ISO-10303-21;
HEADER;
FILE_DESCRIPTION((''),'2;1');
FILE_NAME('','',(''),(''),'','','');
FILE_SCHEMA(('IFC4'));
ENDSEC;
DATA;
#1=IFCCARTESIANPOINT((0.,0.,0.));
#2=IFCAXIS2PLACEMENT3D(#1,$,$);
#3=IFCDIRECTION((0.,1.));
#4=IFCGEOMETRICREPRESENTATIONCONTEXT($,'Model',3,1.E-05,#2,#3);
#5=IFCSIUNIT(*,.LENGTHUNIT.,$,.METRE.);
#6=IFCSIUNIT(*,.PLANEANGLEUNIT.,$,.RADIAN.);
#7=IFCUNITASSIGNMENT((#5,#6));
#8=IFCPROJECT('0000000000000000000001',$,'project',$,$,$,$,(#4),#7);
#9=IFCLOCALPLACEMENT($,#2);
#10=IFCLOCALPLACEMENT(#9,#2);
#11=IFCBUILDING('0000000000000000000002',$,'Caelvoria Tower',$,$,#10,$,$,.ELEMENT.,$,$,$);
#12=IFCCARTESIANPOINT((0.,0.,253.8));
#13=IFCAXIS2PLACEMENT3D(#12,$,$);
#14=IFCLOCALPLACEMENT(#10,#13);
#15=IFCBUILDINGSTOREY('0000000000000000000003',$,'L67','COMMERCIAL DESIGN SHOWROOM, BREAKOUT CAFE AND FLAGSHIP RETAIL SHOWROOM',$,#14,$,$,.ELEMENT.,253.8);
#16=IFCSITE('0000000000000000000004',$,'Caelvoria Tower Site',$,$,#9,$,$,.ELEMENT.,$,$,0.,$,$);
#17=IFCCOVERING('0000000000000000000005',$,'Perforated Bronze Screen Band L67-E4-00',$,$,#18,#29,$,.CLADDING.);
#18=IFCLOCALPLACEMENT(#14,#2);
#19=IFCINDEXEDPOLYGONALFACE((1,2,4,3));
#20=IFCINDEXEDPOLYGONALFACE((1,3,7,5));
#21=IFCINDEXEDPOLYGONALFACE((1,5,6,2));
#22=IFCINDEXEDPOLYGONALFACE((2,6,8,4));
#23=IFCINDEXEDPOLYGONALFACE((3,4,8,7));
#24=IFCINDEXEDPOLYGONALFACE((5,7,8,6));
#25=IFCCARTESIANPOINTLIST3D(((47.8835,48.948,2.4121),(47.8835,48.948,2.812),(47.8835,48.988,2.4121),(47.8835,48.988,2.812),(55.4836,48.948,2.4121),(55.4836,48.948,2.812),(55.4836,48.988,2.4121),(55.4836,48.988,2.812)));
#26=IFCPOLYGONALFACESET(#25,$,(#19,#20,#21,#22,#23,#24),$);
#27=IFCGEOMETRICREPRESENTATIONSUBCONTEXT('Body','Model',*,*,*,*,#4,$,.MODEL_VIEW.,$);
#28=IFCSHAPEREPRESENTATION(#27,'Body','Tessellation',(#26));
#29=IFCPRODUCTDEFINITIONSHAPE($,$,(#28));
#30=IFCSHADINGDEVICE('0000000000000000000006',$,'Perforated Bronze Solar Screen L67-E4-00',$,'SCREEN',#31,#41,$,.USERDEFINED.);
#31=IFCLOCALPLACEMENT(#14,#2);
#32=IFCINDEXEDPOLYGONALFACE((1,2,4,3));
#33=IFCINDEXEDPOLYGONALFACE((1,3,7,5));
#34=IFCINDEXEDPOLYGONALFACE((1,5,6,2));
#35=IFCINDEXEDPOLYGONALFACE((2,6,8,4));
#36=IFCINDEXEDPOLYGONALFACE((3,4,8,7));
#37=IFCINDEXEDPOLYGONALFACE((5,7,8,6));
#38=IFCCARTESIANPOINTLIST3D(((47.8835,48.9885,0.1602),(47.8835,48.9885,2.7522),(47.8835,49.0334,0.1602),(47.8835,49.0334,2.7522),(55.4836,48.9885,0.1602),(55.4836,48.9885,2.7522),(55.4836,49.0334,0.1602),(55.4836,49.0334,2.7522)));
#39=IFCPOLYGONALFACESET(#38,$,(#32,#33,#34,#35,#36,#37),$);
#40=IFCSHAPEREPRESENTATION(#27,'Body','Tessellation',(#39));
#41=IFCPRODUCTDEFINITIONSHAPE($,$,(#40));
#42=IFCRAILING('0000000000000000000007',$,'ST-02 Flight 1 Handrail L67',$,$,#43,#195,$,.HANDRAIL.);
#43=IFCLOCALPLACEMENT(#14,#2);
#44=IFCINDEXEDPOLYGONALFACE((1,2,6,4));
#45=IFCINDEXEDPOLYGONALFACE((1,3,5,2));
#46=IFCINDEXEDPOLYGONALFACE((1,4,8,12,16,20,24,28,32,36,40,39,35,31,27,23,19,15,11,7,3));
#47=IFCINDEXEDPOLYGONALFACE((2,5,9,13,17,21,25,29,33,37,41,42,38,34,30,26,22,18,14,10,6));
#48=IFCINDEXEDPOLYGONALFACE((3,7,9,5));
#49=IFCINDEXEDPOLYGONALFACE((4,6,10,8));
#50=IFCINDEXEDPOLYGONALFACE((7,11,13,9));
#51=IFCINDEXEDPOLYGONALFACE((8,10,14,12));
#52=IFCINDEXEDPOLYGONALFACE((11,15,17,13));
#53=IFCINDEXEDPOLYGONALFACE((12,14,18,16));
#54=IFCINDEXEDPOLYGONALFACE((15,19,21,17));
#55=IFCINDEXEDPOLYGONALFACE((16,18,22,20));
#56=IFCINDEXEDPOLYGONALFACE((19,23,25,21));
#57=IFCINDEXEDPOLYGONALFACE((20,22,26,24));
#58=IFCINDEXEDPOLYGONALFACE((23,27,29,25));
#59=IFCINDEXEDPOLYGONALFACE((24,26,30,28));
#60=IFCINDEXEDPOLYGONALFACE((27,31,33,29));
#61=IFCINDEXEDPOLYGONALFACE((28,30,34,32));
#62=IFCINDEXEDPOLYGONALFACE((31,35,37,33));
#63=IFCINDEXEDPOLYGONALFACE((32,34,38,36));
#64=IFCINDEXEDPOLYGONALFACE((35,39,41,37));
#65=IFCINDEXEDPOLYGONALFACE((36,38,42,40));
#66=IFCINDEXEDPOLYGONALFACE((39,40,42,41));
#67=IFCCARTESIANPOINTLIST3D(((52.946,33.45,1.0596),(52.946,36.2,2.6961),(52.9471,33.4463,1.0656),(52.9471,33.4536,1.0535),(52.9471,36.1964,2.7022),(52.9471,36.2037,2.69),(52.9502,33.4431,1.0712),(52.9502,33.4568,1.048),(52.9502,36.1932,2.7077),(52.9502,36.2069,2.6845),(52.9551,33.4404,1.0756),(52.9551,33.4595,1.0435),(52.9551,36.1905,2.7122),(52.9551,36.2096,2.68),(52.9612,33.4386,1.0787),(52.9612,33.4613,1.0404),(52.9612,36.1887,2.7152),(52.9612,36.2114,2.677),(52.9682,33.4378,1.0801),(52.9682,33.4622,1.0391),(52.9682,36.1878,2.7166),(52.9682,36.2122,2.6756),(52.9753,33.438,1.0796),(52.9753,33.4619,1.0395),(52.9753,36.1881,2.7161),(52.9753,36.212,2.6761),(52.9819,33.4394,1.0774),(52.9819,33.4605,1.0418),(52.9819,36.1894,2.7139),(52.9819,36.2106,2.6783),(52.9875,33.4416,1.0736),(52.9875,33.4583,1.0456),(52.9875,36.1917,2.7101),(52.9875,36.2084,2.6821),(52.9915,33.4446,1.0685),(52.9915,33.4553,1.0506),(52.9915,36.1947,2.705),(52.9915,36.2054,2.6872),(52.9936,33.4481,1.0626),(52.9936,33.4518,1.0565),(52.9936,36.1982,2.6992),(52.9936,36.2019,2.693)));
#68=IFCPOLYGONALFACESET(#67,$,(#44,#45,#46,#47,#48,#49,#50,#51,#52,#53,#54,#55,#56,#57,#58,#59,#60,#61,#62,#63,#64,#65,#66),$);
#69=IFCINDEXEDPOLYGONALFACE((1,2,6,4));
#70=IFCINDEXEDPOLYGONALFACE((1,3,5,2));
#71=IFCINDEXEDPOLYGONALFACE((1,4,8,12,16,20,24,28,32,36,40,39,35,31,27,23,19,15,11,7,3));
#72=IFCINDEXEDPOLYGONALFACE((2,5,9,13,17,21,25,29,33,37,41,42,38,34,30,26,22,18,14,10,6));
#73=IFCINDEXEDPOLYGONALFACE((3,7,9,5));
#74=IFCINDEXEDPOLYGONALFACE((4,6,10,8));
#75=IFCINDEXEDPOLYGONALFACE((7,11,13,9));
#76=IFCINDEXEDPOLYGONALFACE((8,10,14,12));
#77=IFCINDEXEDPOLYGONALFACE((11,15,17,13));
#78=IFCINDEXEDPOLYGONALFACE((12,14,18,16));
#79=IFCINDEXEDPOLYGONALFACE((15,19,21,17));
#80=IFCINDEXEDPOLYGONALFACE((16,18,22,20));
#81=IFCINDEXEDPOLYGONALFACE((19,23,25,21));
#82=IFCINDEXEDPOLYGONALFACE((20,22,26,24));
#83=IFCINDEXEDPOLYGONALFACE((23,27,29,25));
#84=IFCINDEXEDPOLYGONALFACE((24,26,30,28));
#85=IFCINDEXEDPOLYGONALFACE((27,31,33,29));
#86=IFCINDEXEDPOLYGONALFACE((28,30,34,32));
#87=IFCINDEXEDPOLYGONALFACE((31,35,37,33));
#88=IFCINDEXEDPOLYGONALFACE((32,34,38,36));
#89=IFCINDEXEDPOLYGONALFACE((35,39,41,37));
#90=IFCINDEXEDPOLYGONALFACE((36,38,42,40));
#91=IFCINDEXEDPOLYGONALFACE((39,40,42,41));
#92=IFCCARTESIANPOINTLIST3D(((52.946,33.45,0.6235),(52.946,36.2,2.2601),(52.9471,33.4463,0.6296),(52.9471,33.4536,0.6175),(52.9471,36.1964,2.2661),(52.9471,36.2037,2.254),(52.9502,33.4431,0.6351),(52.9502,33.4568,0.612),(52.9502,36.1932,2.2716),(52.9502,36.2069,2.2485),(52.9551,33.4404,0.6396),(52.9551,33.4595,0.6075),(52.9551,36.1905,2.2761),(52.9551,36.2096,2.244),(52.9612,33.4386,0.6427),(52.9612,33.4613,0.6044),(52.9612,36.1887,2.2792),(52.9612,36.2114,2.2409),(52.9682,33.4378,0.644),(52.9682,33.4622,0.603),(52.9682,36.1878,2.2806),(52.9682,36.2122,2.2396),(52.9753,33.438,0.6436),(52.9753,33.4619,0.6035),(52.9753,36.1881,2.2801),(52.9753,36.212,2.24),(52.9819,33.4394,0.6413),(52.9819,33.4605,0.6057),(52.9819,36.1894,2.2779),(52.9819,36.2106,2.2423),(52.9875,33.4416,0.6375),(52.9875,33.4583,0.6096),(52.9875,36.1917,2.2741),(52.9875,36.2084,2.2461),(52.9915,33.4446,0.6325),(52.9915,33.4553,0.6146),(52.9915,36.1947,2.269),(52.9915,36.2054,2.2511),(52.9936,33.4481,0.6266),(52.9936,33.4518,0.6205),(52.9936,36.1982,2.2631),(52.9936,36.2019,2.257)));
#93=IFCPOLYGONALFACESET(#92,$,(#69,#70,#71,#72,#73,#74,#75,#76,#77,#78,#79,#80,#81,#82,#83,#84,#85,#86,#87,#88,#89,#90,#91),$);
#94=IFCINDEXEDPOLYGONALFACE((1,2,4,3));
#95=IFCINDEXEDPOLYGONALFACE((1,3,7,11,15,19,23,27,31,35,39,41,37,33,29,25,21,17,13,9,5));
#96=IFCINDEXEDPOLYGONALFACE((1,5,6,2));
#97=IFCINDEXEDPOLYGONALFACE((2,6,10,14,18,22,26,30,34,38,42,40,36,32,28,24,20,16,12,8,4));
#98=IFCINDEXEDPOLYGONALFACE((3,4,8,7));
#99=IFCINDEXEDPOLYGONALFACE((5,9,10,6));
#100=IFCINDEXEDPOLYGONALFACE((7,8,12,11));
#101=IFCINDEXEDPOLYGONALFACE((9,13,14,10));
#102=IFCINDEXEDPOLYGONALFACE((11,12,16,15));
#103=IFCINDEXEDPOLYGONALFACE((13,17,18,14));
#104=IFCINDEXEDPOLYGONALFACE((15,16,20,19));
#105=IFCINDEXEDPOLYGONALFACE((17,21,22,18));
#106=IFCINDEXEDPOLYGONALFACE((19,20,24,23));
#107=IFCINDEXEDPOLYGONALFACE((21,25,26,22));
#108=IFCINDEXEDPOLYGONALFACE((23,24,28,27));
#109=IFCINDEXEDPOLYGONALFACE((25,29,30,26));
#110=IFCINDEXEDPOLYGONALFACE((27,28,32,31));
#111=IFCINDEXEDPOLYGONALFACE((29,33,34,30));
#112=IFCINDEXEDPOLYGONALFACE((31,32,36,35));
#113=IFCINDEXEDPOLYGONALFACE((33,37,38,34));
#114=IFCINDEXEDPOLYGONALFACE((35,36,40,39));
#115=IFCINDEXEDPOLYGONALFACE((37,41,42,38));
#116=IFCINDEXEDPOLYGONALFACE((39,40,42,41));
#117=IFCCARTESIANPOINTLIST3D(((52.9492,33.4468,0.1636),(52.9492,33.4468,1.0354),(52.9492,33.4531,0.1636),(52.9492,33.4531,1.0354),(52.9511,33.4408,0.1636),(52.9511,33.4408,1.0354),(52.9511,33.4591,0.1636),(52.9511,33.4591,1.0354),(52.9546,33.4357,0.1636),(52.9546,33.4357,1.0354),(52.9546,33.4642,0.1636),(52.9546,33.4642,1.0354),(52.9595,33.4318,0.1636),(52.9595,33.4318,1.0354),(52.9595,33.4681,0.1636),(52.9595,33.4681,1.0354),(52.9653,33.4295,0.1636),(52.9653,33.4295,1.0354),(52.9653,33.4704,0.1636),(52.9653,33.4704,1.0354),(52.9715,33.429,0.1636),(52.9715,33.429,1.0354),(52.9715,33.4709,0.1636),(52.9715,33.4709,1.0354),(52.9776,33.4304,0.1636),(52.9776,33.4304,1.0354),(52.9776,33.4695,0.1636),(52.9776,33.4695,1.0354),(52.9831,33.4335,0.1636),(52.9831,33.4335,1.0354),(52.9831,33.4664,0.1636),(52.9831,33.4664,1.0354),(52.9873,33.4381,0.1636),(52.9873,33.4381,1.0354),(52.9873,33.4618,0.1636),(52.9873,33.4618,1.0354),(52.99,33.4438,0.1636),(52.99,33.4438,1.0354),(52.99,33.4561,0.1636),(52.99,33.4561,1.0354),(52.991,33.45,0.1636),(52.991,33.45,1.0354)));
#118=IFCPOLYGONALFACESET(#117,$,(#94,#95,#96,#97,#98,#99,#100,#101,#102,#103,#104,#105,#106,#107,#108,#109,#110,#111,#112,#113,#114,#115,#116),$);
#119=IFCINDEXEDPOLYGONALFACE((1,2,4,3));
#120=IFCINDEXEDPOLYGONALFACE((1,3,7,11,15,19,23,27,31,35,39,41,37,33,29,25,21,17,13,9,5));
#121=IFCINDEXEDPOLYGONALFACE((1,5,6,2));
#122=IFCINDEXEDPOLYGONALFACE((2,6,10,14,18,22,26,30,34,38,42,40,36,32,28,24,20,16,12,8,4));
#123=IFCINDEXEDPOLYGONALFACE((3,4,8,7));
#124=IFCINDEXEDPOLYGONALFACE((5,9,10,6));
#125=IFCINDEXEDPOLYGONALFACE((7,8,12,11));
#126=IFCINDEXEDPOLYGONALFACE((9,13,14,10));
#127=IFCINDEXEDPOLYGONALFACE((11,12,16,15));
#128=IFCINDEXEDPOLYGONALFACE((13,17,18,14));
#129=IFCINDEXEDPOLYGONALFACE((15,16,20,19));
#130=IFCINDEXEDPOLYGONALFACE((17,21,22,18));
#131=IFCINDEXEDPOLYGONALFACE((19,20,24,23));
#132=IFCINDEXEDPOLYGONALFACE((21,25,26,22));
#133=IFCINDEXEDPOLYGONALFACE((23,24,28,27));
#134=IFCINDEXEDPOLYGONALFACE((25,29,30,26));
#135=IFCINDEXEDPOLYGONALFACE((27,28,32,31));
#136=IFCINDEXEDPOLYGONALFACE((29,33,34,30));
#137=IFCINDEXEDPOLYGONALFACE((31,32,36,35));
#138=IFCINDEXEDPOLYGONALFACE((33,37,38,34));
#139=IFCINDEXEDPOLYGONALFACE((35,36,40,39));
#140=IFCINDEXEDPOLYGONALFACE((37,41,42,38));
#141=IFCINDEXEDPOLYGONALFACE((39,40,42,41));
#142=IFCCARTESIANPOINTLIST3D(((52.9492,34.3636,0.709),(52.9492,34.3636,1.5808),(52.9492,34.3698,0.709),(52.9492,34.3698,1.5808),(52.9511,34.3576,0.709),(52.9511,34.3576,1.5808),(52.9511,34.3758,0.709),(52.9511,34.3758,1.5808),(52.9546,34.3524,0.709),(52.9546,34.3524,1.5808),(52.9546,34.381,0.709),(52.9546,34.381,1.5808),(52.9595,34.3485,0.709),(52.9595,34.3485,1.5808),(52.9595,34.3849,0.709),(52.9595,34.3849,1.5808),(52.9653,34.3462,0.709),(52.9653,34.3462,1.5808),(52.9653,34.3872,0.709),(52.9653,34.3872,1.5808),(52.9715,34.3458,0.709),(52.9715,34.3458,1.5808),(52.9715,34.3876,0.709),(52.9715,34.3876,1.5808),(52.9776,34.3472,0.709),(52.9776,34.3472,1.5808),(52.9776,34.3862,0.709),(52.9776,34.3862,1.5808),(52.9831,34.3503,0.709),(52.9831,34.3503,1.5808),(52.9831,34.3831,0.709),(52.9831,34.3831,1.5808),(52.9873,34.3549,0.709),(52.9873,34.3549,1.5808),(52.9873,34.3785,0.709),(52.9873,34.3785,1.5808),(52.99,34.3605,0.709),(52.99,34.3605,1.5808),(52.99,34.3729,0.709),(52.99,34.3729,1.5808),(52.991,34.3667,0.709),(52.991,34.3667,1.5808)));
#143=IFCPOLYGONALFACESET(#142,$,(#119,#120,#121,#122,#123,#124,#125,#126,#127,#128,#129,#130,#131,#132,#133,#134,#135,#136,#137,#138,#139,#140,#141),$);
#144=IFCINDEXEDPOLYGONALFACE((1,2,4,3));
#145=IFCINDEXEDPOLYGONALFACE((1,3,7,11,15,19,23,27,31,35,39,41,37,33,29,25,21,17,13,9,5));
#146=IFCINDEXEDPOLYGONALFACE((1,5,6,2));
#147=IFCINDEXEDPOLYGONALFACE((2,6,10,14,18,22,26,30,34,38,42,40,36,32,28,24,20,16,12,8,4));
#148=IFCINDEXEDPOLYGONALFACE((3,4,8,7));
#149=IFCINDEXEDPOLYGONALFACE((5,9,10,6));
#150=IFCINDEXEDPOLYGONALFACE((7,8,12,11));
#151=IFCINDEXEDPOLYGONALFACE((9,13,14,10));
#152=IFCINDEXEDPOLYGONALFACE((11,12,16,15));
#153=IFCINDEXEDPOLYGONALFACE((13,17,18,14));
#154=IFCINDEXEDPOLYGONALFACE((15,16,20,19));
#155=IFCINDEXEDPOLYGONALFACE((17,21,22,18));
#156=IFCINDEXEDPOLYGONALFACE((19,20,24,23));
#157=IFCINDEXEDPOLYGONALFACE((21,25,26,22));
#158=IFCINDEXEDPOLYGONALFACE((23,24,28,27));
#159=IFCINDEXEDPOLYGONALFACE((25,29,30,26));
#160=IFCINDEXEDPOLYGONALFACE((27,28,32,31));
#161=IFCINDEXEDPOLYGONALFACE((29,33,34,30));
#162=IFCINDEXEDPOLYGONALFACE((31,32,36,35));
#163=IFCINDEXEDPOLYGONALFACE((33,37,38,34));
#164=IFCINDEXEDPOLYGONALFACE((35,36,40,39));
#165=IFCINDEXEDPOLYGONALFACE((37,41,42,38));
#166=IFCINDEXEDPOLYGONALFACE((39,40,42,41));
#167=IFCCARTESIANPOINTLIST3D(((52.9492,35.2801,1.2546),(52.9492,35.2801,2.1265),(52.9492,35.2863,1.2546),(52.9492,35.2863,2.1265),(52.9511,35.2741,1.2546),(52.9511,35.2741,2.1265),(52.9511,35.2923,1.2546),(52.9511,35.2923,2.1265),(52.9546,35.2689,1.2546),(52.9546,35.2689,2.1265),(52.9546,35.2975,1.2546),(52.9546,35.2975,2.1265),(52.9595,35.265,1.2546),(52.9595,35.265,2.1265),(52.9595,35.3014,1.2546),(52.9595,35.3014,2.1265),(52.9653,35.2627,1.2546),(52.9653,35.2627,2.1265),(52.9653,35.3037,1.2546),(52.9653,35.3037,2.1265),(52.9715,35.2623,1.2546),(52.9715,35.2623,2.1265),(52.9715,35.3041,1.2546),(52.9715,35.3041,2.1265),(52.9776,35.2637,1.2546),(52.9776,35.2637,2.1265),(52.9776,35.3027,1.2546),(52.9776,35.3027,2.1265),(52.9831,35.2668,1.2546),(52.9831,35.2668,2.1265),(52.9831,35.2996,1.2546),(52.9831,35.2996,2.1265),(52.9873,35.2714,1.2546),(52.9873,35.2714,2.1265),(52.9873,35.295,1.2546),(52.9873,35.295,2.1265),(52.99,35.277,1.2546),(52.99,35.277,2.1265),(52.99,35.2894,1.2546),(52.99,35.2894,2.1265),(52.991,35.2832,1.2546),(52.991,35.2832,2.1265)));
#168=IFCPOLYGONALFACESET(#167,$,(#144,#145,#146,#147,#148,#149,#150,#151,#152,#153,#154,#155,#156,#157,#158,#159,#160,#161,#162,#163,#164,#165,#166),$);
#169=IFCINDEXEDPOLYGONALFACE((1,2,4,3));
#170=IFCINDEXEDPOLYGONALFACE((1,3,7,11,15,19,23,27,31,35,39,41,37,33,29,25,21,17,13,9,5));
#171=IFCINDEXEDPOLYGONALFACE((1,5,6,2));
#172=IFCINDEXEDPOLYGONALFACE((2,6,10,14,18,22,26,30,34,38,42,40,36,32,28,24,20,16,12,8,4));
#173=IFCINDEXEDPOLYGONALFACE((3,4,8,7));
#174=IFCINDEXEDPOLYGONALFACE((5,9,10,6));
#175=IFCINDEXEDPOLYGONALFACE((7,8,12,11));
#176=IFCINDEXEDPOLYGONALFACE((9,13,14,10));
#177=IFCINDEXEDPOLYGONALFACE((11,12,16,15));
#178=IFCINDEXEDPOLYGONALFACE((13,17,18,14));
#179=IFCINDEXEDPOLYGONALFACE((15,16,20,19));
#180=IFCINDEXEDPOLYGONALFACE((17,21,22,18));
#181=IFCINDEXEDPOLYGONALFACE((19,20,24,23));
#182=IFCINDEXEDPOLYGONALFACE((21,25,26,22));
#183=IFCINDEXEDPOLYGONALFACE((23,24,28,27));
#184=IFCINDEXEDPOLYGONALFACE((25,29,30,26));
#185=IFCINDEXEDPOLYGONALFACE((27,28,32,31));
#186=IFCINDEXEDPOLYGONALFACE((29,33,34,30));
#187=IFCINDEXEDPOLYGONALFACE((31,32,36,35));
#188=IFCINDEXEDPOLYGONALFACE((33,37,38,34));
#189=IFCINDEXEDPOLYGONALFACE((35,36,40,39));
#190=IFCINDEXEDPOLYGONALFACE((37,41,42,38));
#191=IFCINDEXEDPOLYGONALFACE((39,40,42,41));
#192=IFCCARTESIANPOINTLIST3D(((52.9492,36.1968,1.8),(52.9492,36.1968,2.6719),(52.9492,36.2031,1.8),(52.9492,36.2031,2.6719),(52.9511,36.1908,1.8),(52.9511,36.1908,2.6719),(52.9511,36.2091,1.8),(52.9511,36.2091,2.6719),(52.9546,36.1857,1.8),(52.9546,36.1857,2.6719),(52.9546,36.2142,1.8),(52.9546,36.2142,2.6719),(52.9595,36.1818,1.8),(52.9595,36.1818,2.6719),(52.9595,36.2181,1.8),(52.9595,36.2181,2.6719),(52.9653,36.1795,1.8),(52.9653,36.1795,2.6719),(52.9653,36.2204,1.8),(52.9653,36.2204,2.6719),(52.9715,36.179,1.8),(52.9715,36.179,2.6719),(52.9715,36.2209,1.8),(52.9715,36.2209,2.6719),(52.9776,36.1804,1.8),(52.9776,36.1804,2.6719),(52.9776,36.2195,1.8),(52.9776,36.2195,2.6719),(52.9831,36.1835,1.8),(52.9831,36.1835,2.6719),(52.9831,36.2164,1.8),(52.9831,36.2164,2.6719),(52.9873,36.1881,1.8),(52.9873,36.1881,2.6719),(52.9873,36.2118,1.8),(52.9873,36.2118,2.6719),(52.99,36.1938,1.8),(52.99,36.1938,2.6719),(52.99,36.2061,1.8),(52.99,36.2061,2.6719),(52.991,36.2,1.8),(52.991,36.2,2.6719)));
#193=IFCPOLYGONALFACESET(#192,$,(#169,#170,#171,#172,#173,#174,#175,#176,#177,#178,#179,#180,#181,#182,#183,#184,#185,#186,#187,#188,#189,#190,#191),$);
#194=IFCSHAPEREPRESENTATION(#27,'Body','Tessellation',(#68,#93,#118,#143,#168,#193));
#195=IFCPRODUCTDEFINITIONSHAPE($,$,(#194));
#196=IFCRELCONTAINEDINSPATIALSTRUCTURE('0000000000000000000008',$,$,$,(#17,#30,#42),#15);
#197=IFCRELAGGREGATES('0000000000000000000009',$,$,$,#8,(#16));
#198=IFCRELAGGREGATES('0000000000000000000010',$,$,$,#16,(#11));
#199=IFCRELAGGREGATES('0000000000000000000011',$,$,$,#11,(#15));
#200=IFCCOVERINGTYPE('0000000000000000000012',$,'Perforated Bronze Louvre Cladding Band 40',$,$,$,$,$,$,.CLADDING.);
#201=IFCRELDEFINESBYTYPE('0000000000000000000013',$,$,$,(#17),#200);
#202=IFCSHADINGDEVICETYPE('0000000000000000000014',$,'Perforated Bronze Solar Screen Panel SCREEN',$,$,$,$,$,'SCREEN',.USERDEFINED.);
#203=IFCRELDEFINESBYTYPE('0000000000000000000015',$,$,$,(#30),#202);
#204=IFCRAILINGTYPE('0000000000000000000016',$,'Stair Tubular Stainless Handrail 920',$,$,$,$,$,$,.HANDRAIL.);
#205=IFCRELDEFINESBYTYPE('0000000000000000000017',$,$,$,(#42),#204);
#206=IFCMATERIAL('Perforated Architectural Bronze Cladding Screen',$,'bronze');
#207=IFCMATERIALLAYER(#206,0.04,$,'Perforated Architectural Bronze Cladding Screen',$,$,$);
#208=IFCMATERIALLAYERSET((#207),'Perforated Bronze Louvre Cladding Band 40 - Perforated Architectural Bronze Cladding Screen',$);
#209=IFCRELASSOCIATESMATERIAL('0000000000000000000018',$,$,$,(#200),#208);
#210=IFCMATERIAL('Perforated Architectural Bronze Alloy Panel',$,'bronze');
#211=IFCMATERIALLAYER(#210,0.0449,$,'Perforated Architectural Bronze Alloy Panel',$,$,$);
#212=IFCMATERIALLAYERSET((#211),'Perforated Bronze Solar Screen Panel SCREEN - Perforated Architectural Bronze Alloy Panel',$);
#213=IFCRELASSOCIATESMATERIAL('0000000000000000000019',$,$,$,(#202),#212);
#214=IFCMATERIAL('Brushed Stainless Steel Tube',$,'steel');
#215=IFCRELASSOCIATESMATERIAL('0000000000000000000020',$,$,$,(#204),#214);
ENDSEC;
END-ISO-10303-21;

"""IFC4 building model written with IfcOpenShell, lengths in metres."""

from ifc_helpers import new_model, si_unit, direction, frame, origin, origin_2d, place, context, subcontext, project, spatial, rectangle, circle, extrude, material, layer, layer_set, type_object, element, save


model = new_model("IFC4")

# Units and contexts
model_context = context("Model", 3, precision=1e-05, world=origin(), true_north=direction((0.0, 1.0)))
body_context = subcontext(model_context, "Body", "Model", "MODEL_VIEW")
ifc_project = project(units=[si_unit("LENGTHUNIT", "METRE"), si_unit("PLANEANGLEUNIT", "RADIAN")], contexts=[model_context])

# Site, building, storey
site_placement = place(None, origin())
site = spatial("IfcSite", under=ifc_project, at=site_placement, Name="Caelvoria Tower Site", CompositionType="ELEMENT", RefElevation=0.0)
building_placement = place(site_placement, origin())
building = spatial("IfcBuilding", under=site, at=building_placement, Name="Caelvoria Tower", CompositionType="ELEMENT")
storey_placement = place(building_placement, frame((0.0, 0.0, 253.8)))
storey = spatial("IfcBuildingStorey", under=building, at=storey_placement, Name="L67", Description="COMMERCIAL DESIGN SHOWROOM, BREAKOUT CAFE AND FLAGSHIP RETAIL SHOWROOM", CompositionType="ELEMENT", Elevation=253.8)

# Covering
ifc_material_1 = material(Name="Perforated Architectural Bronze Cladding Screen", Category="bronze")
ifc_layer_1 = layer(ifc_material_1, 0.04, Name="Perforated Architectural Bronze Cladding Screen")
ifc_layer_set_1 = layer_set([ifc_layer_1], Name="Perforated Bronze Louvre Cladding Band 40 - Perforated Architectural Bronze Cladding Screen")
covering_type = type_object("IfcCoveringType", Name="Perforated Bronze Louvre Cladding Band 40", PredefinedType="CLADDING", material=ifc_layer_set_1)
covering_placement = place(storey_placement, frame((51.6836, 48.968, 2.4121), z_axis=(0.0, 0.0, 1.0), x_axis=(-1.0, 0.0, 0.0)))
element("IfcCovering", 1, at=covering_placement, inside=storey, type_object=covering_type, Name="Perforated Bronze Screen Band L67-E4-00", PredefinedType="CLADDING", context=body_context, shape_type="SweptSolid", body=[
    extrude(rectangle(XDim=7.6001, YDim=0.04, at=origin_2d()), origin(), (0.0, 0.0, 1.0), 0.3999),
])

# Shading device
ifc_material_2 = material(Name="Perforated Architectural Bronze Alloy Panel", Category="bronze")
ifc_layer_2 = layer(ifc_material_2, 0.0449, Name="Perforated Architectural Bronze Alloy Panel")
ifc_layer_set_2 = layer_set([ifc_layer_2], Name="Perforated Bronze Solar Screen Panel SCREEN - Perforated Architectural Bronze Alloy Panel")
shading_device_type = type_object("IfcShadingDeviceType", Name="Perforated Bronze Solar Screen Panel SCREEN", ElementType="SCREEN", PredefinedType="USERDEFINED", material=ifc_layer_set_2)
shading_device_placement = place(storey_placement, frame((51.6836, 49.011, 0.1602), z_axis=(0.0, 0.0, 1.0), x_axis=(-1.0, 0.0, 0.0)))
element("IfcShadingDevice", 2, at=shading_device_placement, inside=storey, type_object=shading_device_type, Name="Perforated Bronze Solar Screen L67-E4-00", ObjectType="SCREEN", PredefinedType="USERDEFINED", context=body_context, shape_type="SweptSolid", body=[
    extrude(rectangle(XDim=7.6001, YDim=0.0449, at=origin_2d()), origin(), (0.0, 0.0, 1.0), 2.592),
])

# Railing
ifc_material_3 = material(Name="Brushed Stainless Steel Tube", Category="steel")
railing_type_1 = type_object("IfcRailingType", Name="Stair Tubular Stainless Handrail 920", PredefinedType="HANDRAIL", material=ifc_material_3)
railing_1_placement = place(storey_placement, frame((52.97, 33.45, 0.1636)))
element("IfcRailing", 3, at=railing_1_placement, inside=storey, type_object=railing_type_1, Name="ST-02 Flight 1 Handrail L67", PredefinedType="HANDRAIL", context=body_context, shape_type="SweptSolid", body=[
    extrude(circle(Radius=0.0239, at=origin_2d()), frame((0.0, 0.0, 0.896), z_axis=(0.0, 0.859352, 0.511385), x_axis=(-1.0, 0.0, 0.0)), (0.0, 0.0, 1.0), 3.2002),
    extrude(circle(Radius=0.0239, at=origin_2d()), frame((0.0, 0.0, 0.46), z_axis=(0.0, 0.859352, 0.511385), x_axis=(-1.0, 0.0, 0.0)), (0.0, 0.0, 1.0), 3.2002),
    extrude(circle(Radius=0.021, at=origin_2d()), origin(), (0.0, 0.0, 1.0), 0.8718),
    extrude(circle(Radius=0.021, at=origin_2d()), frame((0.0, 0.9167, 0.5454)), (0.0, 0.0, 1.0), 0.8718),
    extrude(circle(Radius=0.021, at=origin_2d()), frame((0.0, 1.8333, 1.0911)), (0.0, 0.0, 1.0), 0.8718),
    extrude(circle(Radius=0.021, at=origin_2d()), frame((0.0, 2.75, 1.6365)), (0.0, 0.0, 1.0), 0.8718),
])

save(model, "model.ifc")
